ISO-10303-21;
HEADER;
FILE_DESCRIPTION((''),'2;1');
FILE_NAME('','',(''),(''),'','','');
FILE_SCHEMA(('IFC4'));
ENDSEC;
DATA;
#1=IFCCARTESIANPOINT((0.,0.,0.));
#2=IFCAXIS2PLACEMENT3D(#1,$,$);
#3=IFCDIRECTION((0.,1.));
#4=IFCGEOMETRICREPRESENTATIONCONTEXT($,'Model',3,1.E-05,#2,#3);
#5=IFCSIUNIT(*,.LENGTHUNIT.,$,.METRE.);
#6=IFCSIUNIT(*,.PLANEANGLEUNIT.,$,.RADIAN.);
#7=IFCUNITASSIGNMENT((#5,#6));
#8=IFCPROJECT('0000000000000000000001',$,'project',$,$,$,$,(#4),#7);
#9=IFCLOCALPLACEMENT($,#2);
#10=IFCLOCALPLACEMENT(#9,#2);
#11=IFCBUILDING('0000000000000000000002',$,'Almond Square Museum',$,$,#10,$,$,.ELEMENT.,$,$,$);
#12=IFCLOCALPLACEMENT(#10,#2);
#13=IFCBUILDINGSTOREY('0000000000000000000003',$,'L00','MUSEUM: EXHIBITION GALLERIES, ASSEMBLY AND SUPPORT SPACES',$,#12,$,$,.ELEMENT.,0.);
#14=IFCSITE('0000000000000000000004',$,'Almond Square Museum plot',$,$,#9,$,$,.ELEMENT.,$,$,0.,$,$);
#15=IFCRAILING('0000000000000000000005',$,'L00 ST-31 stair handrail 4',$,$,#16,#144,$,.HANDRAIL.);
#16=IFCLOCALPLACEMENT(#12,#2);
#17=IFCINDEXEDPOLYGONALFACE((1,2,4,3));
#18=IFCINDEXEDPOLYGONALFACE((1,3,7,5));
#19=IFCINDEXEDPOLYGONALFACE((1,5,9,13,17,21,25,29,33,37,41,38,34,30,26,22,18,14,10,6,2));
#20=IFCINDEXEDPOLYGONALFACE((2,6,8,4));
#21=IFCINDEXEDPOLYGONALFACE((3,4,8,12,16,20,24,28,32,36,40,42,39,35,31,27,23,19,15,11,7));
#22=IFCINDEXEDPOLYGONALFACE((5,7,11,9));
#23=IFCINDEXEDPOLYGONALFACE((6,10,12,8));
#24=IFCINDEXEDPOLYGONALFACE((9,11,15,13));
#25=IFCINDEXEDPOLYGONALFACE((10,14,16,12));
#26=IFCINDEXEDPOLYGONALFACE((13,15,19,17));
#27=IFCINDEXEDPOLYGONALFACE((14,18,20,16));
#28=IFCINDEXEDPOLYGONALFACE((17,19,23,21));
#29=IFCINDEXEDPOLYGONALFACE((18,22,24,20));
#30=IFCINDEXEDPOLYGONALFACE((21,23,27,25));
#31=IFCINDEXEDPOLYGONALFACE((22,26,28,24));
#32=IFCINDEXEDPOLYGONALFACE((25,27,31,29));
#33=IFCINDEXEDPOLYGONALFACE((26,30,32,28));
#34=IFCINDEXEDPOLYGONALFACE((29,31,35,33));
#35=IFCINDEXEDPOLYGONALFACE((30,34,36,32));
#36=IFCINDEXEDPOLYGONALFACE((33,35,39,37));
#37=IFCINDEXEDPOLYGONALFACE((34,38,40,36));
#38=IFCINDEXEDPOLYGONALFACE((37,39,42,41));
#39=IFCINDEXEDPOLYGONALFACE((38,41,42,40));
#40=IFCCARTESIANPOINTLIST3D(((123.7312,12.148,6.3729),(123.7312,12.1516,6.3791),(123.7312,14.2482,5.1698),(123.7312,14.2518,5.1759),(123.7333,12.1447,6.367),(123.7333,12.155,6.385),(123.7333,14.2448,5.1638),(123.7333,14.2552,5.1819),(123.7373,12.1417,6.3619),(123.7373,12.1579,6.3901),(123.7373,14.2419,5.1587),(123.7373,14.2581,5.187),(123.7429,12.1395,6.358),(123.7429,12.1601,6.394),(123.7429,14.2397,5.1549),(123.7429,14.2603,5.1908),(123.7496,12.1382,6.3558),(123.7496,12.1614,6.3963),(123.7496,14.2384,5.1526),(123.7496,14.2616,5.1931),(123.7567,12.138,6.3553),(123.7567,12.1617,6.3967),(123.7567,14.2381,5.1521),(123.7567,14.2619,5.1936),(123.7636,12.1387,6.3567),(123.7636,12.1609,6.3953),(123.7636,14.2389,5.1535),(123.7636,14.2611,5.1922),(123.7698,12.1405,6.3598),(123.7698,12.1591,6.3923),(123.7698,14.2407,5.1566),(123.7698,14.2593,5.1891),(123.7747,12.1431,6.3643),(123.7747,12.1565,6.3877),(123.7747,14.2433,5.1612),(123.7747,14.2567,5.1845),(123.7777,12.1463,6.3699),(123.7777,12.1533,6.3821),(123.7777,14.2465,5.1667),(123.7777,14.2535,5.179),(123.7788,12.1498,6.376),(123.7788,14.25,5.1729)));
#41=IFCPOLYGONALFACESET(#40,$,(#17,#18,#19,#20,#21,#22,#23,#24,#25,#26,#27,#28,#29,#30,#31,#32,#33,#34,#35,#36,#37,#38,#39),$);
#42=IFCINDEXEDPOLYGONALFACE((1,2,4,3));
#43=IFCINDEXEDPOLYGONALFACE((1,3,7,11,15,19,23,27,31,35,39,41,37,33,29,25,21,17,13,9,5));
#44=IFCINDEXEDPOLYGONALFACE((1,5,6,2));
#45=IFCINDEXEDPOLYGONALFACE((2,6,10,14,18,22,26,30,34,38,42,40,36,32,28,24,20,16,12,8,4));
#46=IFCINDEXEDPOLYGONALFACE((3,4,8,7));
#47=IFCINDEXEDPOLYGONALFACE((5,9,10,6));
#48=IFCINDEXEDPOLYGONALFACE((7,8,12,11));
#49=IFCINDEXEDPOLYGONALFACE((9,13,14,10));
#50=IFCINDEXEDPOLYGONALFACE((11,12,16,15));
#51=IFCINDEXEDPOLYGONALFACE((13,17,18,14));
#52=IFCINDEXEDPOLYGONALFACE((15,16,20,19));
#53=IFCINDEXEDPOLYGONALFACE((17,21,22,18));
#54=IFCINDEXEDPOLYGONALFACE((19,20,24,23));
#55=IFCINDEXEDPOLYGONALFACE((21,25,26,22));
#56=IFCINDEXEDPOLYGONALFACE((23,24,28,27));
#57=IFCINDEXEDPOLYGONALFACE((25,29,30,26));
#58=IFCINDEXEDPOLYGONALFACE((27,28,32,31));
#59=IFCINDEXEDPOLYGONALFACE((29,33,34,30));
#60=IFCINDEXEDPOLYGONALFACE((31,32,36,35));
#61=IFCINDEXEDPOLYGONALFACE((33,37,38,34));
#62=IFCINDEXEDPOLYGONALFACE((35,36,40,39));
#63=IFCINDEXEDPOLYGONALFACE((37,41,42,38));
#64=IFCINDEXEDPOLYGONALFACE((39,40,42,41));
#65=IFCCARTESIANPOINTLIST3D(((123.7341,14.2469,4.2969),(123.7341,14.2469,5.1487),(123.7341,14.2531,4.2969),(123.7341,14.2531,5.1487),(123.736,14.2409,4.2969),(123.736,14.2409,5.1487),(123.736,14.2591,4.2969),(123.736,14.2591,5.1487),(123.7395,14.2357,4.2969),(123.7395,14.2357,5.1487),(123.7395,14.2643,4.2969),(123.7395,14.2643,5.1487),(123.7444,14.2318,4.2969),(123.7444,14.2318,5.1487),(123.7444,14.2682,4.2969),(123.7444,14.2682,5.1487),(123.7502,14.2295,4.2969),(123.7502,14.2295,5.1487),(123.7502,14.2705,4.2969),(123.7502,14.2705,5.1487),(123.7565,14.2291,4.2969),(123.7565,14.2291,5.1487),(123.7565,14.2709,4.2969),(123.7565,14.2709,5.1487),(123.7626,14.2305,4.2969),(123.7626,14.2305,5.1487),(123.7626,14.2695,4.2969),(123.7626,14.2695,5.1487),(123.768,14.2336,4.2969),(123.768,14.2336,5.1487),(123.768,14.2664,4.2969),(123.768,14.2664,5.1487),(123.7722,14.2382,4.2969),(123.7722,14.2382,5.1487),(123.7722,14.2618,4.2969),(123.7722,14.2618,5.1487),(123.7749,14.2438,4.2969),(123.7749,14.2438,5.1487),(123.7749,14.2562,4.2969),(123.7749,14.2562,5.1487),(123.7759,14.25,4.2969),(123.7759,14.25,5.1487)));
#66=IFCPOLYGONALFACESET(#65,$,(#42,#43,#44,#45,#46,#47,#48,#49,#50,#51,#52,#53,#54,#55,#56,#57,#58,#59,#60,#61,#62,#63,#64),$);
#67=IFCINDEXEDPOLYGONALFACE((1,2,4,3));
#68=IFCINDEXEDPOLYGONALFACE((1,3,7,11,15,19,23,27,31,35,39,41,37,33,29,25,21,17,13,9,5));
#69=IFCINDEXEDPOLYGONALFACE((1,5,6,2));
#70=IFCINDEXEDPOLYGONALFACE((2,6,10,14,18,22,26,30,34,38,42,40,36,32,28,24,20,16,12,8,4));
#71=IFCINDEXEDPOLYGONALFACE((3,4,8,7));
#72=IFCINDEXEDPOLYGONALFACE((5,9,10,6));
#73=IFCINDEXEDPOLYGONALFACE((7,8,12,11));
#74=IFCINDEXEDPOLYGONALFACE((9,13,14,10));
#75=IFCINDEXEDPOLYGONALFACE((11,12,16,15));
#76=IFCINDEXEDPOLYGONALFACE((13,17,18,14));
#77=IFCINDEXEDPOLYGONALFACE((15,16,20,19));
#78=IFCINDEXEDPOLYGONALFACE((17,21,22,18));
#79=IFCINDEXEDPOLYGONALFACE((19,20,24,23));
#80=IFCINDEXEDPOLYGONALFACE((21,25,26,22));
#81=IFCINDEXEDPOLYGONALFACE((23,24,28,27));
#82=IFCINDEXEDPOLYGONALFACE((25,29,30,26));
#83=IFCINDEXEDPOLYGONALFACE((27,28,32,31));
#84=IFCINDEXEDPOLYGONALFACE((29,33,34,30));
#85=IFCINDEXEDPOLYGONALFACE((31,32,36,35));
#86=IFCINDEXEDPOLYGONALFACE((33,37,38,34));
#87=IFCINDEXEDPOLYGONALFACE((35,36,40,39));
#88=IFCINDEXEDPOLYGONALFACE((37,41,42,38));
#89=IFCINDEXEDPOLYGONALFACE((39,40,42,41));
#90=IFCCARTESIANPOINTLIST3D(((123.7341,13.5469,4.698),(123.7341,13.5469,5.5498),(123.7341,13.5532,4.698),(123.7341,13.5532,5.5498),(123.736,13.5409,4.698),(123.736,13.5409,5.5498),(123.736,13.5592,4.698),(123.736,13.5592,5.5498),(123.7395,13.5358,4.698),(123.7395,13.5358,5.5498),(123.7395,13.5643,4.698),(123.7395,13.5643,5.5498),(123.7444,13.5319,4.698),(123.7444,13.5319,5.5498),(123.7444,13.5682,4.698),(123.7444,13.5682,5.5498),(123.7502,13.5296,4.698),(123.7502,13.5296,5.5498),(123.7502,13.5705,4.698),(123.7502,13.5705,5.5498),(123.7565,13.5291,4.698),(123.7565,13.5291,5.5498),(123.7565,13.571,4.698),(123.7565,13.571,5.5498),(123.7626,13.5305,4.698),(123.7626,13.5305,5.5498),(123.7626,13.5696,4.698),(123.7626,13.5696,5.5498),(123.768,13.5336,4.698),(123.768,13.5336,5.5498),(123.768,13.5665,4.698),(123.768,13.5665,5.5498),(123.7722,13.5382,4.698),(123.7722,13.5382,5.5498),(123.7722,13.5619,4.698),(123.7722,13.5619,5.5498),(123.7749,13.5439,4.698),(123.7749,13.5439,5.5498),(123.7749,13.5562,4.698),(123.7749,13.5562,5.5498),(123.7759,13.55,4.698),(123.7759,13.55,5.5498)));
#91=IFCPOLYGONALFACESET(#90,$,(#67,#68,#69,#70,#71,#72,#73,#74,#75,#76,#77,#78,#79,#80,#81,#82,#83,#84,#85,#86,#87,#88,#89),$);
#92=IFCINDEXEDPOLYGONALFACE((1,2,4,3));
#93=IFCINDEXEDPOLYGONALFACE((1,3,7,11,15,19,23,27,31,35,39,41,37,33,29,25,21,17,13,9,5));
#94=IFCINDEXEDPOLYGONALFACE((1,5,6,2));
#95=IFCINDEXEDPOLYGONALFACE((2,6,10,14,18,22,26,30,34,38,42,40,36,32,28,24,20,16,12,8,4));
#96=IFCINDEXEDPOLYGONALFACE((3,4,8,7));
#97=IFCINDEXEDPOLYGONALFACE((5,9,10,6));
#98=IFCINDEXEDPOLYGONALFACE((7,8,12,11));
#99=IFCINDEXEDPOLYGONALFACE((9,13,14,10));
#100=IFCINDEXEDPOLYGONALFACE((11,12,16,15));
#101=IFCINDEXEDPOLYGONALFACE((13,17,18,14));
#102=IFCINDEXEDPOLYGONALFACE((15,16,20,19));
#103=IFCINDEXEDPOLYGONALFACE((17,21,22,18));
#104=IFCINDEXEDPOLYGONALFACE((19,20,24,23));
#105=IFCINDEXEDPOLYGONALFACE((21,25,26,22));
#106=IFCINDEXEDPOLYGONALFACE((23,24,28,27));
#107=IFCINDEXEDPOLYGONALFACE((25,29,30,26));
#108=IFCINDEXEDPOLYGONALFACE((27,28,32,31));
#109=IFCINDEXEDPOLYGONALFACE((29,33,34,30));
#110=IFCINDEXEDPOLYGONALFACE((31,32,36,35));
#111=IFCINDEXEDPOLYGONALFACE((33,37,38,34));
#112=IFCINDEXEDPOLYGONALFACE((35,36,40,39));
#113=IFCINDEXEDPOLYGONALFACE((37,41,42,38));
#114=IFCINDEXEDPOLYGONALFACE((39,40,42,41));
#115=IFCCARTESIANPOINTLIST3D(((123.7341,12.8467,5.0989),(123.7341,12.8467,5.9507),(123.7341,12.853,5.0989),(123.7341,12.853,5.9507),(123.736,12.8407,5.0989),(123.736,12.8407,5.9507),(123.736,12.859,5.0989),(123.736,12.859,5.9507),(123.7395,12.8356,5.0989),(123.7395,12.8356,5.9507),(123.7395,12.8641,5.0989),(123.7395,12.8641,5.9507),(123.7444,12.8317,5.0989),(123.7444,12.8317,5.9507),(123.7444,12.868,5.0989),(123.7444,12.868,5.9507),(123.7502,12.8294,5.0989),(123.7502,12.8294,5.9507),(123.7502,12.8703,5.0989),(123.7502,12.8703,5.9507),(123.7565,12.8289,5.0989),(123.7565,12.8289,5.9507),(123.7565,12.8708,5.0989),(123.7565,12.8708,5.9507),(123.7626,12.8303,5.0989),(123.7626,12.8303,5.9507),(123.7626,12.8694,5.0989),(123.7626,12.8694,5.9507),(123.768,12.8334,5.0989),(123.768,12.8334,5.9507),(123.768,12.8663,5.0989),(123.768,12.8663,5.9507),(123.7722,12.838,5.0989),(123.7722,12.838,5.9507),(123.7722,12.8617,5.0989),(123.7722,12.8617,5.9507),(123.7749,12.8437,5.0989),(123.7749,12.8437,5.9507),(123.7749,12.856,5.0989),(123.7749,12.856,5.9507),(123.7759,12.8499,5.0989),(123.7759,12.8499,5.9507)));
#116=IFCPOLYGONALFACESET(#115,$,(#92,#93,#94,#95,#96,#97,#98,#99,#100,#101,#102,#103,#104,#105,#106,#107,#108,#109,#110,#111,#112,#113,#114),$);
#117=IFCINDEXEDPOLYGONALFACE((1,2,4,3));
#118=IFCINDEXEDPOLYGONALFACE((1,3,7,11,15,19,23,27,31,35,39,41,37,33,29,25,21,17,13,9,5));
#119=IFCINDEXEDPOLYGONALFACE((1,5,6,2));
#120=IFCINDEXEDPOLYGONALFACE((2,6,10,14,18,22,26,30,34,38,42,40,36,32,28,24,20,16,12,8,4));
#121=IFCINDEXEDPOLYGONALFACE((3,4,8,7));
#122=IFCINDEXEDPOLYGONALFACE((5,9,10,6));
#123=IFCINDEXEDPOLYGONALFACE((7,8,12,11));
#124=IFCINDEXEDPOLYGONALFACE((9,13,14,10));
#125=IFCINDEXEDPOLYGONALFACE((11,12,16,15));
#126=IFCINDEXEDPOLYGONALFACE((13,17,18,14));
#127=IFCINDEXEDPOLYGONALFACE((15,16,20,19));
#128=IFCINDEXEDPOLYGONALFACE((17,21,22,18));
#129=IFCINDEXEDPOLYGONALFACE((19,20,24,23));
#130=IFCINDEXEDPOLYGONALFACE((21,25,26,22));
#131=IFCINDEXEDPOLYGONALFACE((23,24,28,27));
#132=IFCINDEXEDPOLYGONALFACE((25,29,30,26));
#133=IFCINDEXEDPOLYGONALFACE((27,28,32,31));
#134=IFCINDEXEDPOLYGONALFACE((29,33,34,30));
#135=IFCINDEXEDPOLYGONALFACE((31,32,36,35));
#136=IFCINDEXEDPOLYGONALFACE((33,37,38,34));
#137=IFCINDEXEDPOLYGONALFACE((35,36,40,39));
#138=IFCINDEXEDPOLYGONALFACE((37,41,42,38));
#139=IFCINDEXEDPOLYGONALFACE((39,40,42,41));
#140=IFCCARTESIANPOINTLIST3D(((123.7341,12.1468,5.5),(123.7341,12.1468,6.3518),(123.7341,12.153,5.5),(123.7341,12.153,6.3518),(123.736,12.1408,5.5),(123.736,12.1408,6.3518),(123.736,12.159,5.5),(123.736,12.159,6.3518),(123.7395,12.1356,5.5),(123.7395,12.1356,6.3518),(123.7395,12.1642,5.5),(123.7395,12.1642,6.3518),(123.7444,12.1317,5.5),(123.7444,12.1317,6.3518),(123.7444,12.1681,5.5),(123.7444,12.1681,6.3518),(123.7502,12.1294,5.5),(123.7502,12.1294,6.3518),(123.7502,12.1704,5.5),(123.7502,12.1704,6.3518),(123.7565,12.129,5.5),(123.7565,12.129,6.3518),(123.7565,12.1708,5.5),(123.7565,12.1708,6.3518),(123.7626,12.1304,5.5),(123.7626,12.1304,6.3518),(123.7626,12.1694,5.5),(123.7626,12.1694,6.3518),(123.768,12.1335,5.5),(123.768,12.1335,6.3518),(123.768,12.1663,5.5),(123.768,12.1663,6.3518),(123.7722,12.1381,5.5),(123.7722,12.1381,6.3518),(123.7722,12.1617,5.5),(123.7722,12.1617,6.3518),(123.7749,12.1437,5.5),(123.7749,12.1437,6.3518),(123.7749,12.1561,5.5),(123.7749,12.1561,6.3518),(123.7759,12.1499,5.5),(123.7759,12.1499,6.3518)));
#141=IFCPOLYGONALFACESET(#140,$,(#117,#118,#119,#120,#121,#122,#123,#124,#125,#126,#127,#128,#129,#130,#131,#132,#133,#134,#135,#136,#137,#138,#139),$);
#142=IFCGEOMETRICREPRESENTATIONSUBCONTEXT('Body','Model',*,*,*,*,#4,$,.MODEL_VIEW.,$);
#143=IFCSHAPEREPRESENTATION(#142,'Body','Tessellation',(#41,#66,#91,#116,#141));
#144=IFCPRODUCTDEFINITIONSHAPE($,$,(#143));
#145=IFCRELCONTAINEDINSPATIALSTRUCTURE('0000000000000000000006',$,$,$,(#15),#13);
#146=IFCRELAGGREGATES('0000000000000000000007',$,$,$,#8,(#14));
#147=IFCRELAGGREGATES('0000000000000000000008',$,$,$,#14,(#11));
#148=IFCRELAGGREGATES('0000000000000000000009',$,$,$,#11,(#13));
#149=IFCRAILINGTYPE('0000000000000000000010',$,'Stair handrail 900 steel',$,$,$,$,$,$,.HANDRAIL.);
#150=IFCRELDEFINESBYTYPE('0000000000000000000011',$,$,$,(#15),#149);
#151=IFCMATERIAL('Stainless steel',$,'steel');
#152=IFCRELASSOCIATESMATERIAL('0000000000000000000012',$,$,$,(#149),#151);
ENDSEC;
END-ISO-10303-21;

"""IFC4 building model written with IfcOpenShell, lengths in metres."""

from ifc_helpers import new_model, si_unit, direction, frame, origin, origin_2d, place, context, subcontext, project, spatial, circle, extrude, material, type_object, element, save


model = new_model("IFC4")

# Units and contexts
model_context = context("Model", 3, precision=1e-05, world=origin(), true_north=direction((0.0, 1.0)))
body_context = subcontext(model_context, "Body", "Model", "MODEL_VIEW")
ifc_project = project(units=[si_unit("LENGTHUNIT", "METRE"), si_unit("PLANEANGLEUNIT", "RADIAN")], contexts=[model_context])

# Site, building, storey
site_placement = place(None, origin())
site = spatial("IfcSite", under=ifc_project, at=site_placement, Name="Almond Square Museum plot", CompositionType="ELEMENT", RefElevation=0.0)
building_placement = place(site_placement, origin())
building = spatial("IfcBuilding", under=site, at=building_placement, Name="Almond Square Museum", CompositionType="ELEMENT")
storey_placement = place(building_placement, origin())
storey = spatial("IfcBuildingStorey", under=building, at=storey_placement, Name="L00", Description="MUSEUM: EXHIBITION GALLERIES, ASSEMBLY AND SUPPORT SPACES", CompositionType="ELEMENT", Elevation=0.0)

# Railing
ifc_material_1 = material(Name="Stainless steel", Category="steel")
railing_type_1 = type_object("IfcRailingType", Name="Stair handrail 900 steel", PredefinedType="HANDRAIL", material=ifc_material_1)
railing_1_placement = place(storey_placement, frame((123.7549, 14.25, 4.2969)))
element("IfcRailing", 1, at=railing_1_placement, inside=storey, type_object=railing_type_1, Name="L00 ST-31 stair handrail 4", PredefinedType="HANDRAIL", context=body_context, shape_type="SweptSolid", body=[
    extrude(circle(Radius=0.0239, at=origin_2d()), frame((0.0, 0.0, 0.876), z_axis=(0.0, -0.867696, 0.497095), x_axis=(1.0, 0.0, 0.0)), (0.0, 0.0, 1.0), 2.4204),
    extrude(circle(Radius=0.021, at=origin_2d()), origin(), (0.0, 0.0, 1.0), 0.8518),
    extrude(circle(Radius=0.021, at=origin_2d()), frame((0.0, -0.7, 0.4011)), (0.0, 0.0, 1.0), 0.8518),
    extrude(circle(Radius=0.021, at=origin_2d()), frame((0.0, -1.4001, 0.802)), (0.0, 0.0, 1.0), 0.8518),
    extrude(circle(Radius=0.021, at=origin_2d()), frame((0.0, -2.1001, 1.2031)), (0.0, 0.0, 1.0), 0.8518),
])

save(model, "model.ifc")
